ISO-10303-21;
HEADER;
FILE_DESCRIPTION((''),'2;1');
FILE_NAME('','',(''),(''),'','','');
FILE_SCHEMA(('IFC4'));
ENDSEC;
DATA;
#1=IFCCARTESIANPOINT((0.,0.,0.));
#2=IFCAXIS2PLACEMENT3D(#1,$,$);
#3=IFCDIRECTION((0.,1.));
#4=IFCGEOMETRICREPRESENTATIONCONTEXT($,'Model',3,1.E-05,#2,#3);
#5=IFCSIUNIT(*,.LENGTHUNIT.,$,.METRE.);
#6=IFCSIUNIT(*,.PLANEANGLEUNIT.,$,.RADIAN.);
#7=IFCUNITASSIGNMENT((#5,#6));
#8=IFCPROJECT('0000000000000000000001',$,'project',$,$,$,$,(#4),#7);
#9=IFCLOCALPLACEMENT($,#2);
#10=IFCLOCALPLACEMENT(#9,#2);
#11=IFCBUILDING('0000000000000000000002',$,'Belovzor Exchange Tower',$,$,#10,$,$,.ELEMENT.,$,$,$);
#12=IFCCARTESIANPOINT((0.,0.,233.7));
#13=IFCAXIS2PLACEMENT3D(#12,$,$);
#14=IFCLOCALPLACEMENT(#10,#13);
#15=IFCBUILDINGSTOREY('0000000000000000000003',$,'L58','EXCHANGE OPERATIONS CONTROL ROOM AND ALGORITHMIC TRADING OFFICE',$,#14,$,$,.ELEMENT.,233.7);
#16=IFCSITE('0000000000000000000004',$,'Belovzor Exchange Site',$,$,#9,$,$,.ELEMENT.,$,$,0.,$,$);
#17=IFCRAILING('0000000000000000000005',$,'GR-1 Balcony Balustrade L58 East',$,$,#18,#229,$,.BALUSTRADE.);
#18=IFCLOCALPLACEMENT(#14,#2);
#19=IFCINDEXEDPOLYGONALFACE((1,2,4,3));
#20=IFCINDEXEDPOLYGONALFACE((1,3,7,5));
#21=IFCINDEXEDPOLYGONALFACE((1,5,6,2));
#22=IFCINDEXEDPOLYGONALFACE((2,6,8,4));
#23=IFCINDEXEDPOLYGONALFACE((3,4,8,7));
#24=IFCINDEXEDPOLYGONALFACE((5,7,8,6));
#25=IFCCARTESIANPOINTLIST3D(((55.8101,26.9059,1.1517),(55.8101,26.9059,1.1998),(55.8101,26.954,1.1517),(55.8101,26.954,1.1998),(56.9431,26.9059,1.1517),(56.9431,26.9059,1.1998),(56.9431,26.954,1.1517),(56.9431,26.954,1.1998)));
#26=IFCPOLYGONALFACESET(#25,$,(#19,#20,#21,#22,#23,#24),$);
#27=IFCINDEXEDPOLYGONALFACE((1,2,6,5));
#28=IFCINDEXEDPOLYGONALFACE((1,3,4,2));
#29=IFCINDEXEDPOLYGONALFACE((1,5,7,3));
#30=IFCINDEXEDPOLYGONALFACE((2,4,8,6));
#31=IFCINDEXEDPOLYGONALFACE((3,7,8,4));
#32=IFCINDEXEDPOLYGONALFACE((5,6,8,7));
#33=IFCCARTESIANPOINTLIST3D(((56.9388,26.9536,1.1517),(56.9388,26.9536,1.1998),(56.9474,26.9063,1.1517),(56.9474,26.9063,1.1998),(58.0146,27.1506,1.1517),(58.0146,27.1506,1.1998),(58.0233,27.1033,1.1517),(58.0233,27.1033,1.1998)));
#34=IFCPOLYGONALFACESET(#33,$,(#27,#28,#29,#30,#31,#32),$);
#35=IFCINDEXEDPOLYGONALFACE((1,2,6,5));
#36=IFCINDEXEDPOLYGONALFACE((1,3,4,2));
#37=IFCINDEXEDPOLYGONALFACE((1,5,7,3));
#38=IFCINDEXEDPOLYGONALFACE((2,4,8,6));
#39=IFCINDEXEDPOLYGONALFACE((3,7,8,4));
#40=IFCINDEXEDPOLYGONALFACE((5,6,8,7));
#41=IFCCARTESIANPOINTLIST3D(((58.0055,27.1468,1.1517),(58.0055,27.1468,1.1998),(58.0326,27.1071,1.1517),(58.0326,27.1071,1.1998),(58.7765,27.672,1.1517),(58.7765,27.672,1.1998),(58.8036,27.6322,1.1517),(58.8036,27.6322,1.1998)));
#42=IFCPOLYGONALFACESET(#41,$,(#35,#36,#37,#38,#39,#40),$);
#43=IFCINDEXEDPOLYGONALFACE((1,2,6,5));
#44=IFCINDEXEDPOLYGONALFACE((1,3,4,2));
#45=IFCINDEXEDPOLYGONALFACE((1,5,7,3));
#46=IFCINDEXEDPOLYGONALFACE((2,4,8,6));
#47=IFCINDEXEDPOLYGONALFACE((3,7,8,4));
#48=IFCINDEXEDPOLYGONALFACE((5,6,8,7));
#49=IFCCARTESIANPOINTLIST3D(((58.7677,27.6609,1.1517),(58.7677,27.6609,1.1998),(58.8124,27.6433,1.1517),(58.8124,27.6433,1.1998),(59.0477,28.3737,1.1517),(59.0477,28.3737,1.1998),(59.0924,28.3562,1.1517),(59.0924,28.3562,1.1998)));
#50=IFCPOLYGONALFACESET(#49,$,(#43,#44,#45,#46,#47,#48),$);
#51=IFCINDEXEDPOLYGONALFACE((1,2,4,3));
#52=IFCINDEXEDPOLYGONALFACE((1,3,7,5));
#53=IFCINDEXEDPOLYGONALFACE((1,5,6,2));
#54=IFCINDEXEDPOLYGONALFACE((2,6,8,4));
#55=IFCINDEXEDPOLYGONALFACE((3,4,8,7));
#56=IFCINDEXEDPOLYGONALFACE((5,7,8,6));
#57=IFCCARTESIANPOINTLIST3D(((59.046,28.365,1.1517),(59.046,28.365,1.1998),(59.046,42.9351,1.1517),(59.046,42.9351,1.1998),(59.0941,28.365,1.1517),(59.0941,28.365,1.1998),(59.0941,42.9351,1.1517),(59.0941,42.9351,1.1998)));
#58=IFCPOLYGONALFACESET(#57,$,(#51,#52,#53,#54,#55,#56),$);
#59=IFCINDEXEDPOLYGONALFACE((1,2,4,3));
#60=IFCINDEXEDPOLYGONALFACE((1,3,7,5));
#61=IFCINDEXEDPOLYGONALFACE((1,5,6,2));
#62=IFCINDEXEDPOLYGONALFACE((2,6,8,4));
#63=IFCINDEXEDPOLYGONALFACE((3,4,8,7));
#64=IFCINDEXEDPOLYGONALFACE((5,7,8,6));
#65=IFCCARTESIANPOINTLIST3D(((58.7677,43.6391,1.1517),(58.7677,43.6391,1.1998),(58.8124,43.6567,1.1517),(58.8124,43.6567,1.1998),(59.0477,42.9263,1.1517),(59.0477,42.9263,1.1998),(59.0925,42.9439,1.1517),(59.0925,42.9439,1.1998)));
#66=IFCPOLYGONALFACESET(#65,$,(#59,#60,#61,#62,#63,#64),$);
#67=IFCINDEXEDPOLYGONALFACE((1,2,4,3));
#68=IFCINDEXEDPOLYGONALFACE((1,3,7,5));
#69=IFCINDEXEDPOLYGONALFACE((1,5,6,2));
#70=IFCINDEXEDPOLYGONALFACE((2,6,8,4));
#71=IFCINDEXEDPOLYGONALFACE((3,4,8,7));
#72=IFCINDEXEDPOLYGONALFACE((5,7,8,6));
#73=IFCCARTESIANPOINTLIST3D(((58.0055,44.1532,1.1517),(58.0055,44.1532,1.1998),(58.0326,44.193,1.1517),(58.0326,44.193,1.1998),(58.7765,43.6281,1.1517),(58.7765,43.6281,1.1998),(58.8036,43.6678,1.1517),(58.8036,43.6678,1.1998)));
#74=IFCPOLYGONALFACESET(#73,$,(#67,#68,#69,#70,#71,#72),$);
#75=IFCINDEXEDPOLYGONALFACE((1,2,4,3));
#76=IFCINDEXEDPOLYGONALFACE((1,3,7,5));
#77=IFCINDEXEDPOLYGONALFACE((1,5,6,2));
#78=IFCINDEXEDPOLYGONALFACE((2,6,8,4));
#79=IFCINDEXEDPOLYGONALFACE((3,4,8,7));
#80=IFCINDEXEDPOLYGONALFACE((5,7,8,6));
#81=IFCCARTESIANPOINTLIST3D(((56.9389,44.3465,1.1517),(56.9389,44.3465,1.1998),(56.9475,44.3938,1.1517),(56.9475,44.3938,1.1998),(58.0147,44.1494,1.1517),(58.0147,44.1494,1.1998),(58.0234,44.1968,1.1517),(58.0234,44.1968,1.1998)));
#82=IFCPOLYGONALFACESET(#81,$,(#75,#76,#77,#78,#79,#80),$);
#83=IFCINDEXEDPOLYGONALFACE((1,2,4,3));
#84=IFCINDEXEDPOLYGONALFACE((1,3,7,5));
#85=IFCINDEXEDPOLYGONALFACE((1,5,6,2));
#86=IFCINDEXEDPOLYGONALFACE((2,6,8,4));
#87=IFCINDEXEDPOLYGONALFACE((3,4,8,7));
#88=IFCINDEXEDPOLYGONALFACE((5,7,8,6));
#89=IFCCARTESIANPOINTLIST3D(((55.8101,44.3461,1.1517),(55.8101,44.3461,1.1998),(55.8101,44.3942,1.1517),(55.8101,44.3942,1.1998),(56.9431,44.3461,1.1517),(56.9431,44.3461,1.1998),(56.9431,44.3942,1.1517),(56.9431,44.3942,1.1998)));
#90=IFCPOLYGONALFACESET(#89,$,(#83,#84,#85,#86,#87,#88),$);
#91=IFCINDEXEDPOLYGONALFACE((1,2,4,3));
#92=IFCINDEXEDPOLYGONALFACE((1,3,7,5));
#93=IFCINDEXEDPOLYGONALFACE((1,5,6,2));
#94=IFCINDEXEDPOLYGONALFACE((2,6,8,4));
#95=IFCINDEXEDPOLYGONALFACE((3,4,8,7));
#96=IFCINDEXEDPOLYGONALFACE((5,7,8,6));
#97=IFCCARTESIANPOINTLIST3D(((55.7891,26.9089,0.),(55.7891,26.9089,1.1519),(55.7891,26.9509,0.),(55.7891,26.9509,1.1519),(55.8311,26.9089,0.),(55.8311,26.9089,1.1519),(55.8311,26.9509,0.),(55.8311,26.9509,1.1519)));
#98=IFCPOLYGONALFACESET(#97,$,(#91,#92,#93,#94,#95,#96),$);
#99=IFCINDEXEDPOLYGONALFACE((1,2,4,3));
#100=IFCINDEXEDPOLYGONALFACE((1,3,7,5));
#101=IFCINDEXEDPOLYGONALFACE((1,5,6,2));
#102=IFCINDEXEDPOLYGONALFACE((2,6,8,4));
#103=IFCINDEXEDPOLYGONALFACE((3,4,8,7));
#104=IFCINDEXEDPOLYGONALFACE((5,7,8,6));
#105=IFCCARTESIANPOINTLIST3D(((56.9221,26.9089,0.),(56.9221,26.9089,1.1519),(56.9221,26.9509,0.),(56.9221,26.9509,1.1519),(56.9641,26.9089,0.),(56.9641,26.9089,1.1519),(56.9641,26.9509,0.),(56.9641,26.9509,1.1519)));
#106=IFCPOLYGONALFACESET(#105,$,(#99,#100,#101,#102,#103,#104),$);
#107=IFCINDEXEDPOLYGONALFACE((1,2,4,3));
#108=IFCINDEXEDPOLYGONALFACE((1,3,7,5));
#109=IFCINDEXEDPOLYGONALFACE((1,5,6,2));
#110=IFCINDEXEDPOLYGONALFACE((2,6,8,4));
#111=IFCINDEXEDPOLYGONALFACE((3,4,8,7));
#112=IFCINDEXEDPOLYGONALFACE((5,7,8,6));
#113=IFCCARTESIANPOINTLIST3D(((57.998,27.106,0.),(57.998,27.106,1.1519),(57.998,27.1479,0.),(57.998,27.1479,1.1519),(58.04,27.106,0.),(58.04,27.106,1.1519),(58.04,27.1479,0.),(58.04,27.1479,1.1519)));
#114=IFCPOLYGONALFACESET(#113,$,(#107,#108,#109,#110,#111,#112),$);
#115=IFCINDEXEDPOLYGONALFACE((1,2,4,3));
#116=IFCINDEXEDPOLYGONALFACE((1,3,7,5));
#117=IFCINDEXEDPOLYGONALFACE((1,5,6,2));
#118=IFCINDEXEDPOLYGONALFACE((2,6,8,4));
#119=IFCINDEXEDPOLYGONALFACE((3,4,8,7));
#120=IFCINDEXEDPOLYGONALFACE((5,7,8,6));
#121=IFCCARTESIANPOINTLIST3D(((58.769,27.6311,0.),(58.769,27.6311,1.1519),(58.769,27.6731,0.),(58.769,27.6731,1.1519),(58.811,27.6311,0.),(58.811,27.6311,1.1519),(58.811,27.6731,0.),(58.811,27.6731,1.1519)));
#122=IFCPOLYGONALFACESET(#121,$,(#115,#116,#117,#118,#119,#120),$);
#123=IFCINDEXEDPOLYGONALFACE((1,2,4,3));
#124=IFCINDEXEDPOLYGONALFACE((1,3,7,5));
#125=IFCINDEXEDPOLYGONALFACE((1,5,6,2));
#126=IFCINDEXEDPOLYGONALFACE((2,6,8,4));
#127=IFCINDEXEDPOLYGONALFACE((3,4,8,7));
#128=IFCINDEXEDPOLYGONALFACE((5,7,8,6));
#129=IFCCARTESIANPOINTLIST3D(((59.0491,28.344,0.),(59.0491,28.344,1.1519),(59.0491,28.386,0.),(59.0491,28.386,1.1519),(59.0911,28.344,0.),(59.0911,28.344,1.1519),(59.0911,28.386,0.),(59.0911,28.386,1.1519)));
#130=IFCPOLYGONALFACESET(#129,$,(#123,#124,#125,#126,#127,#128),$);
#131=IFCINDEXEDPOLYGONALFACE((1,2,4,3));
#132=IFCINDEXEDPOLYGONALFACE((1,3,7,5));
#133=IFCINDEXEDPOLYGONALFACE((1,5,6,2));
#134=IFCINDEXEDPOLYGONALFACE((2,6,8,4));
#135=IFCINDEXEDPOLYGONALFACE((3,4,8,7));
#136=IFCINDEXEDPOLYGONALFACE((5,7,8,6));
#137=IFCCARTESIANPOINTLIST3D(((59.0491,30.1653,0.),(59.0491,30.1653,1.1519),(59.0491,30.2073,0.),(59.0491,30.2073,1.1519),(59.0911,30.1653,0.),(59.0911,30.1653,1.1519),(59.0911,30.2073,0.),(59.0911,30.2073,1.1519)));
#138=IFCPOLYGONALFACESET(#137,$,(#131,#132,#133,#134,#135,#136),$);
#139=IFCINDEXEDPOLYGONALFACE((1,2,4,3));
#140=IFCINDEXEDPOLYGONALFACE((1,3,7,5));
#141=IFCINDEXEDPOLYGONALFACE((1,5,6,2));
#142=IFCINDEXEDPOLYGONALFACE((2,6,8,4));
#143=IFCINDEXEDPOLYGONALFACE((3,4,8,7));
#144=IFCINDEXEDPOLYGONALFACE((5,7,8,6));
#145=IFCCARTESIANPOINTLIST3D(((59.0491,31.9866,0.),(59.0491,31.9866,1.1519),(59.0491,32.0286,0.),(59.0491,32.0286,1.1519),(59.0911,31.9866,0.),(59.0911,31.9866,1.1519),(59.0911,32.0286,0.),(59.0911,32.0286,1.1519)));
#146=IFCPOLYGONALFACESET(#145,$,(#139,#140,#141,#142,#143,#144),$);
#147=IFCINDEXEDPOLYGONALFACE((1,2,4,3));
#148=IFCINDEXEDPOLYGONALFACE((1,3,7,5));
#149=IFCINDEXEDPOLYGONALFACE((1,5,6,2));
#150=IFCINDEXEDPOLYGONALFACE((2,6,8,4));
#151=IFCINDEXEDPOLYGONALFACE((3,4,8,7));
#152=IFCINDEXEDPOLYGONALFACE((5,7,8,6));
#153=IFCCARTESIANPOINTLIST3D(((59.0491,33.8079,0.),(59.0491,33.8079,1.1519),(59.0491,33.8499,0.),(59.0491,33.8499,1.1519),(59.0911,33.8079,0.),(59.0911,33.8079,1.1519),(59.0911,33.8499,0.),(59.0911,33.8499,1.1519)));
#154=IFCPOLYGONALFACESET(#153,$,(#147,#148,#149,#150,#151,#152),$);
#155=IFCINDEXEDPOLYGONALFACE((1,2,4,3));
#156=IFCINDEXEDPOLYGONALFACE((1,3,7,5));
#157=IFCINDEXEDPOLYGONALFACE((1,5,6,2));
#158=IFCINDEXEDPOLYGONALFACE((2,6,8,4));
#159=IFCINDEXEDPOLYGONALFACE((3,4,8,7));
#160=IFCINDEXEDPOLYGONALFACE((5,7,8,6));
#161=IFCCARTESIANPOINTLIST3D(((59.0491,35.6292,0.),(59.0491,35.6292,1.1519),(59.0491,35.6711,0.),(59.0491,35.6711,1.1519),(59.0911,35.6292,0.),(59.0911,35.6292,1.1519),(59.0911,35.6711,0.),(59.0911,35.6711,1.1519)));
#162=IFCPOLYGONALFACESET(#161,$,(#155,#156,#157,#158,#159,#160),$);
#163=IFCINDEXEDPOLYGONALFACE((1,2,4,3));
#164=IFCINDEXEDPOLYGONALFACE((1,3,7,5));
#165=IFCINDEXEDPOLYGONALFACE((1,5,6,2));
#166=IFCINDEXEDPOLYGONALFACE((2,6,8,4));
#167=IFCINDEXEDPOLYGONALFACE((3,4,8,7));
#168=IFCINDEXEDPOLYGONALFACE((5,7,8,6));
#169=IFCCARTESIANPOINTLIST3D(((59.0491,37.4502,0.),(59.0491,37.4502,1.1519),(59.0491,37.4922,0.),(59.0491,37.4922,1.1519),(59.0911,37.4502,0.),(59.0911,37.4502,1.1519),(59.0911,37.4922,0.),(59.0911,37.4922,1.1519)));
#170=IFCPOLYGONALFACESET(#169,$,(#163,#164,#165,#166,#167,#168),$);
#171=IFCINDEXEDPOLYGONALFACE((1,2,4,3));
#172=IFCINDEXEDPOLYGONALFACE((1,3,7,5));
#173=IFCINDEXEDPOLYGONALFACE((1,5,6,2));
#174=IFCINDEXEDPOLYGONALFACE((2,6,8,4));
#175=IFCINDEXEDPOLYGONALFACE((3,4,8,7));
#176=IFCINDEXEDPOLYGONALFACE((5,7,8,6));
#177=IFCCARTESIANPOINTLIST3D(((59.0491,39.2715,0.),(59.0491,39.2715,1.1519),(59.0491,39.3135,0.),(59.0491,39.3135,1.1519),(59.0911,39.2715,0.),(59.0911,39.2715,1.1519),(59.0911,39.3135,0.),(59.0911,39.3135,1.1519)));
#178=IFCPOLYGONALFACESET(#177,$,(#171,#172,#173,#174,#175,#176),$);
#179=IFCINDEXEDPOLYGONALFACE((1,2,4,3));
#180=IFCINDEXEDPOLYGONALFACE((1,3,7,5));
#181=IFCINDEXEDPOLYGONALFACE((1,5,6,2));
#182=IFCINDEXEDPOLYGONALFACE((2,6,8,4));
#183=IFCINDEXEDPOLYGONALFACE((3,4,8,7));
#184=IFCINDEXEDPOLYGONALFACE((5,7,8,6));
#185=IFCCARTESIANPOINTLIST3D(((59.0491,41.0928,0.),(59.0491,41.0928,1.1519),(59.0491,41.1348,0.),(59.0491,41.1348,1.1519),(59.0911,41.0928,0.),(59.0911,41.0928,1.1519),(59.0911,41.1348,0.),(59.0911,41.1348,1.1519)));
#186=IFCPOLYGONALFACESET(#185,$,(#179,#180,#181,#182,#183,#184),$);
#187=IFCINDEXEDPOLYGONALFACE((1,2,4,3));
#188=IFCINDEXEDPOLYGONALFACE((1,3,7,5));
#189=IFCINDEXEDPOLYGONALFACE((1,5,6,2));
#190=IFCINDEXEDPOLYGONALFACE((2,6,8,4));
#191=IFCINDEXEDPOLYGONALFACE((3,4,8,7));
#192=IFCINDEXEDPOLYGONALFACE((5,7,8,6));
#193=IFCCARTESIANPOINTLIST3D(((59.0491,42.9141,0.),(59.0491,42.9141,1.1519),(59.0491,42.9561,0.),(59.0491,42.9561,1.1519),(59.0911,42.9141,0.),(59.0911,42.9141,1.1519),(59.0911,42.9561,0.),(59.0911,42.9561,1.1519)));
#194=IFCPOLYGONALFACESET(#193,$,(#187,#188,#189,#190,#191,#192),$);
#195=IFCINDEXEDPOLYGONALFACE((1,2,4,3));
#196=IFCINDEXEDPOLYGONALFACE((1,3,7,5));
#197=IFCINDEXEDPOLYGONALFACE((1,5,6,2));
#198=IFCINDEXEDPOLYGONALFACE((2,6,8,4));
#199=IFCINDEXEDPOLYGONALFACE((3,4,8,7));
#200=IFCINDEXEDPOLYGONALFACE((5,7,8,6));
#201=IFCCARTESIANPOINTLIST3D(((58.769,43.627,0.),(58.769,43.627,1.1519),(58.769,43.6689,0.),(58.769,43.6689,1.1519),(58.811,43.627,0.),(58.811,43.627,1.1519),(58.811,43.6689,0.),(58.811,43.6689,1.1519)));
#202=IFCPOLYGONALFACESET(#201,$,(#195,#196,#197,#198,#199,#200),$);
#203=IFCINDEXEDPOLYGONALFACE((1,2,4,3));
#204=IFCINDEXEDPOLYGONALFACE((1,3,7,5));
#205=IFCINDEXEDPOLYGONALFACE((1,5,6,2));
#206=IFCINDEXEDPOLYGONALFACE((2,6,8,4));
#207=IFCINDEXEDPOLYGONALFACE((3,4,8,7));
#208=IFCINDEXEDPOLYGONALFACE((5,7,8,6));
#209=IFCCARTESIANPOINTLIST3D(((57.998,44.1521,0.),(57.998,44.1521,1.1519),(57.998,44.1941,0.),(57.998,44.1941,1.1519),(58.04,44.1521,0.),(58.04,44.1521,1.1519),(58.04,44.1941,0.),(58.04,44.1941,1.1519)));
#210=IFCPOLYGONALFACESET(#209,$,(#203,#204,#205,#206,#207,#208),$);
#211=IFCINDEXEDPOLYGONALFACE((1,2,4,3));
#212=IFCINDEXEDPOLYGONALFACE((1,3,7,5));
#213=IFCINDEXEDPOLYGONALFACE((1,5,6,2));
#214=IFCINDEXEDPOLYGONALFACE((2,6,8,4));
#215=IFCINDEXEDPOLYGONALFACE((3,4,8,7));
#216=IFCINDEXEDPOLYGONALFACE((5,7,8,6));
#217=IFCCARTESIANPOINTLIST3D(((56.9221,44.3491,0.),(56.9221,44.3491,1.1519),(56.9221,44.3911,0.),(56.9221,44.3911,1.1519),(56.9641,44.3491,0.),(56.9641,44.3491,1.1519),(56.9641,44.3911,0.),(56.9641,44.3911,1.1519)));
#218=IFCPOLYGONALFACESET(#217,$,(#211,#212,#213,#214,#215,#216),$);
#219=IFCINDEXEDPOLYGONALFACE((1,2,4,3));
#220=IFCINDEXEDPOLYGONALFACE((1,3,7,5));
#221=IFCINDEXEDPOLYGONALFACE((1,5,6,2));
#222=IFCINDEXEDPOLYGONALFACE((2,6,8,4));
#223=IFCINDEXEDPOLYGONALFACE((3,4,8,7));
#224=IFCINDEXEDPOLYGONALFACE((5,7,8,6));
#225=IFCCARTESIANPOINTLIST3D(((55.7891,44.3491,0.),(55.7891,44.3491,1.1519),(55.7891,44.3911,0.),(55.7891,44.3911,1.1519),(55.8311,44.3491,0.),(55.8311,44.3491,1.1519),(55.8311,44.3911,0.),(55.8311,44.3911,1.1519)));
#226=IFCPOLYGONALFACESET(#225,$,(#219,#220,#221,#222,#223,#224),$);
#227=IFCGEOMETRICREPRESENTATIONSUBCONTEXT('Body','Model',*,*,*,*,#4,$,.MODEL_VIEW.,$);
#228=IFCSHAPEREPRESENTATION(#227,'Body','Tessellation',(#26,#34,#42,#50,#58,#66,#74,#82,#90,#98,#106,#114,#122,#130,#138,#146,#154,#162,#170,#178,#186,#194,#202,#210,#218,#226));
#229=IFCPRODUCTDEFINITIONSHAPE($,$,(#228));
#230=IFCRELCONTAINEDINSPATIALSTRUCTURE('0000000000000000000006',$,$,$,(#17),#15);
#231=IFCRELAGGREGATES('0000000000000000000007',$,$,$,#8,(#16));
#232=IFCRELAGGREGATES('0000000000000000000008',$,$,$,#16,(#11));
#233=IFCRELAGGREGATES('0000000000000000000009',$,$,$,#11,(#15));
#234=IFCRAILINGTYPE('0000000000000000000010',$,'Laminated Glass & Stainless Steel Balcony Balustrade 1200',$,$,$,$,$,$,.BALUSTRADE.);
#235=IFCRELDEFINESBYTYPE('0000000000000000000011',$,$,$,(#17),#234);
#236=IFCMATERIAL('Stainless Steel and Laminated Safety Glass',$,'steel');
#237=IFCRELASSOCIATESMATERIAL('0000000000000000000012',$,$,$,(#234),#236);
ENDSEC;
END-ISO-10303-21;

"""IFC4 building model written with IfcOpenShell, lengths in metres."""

from ifc_helpers import new_model, si_unit, direction, frame, origin, origin_2d, place, context, subcontext, project, spatial, rectangle, extrude, material, type_object, element, save


model = new_model("IFC4")

# Units and contexts
model_context = context("Model", 3, precision=1e-05, world=origin(), true_north=direction((0.0, 1.0)))
body_context = subcontext(model_context, "Body", "Model", "MODEL_VIEW")
ifc_project = project(units=[si_unit("LENGTHUNIT", "METRE"), si_unit("PLANEANGLEUNIT", "RADIAN")], contexts=[model_context])

# Site, building, storey
site_placement = place(None, origin())
site = spatial("IfcSite", under=ifc_project, at=site_placement, Name="Belovzor Exchange Site", CompositionType="ELEMENT", RefElevation=0.0)
building_placement = place(site_placement, origin())
building = spatial("IfcBuilding", under=site, at=building_placement, Name="Belovzor Exchange Tower", CompositionType="ELEMENT")
storey_placement = place(building_placement, frame((0.0, 0.0, 233.7)))
storey = spatial("IfcBuildingStorey", under=building, at=storey_placement, Name="L58", Description="EXCHANGE OPERATIONS CONTROL ROOM AND ALGORITHMIC TRADING OFFICE", CompositionType="ELEMENT", Elevation=233.7)

# Railing
ifc_material_1 = material(Name="Stainless Steel and Laminated Safety Glass", Category="steel")
railing_type = type_object("IfcRailingType", Name="Laminated Glass & Stainless Steel Balcony Balustrade 1200", PredefinedType="BALUSTRADE", material=ifc_material_1)
railing_placement = place(storey_placement, frame((55.8101, 26.9299, 0.0)))
element("IfcRailing", 1, at=railing_placement, inside=storey, type_object=railing_type, Name="GR-1 Balcony Balustrade L58 East", PredefinedType="BALUSTRADE", context=body_context, shape_type="SweptSolid", body=[
    extrude(rectangle(XDim=0.0481, YDim=0.0481, at=origin_2d()), frame((0.0, 0.0, 1.1758), z_axis=(1.0, 0.0, 0.0), x_axis=(0.0, 1.0, 0.0)), (0.0, 0.0, 1.0), 1.1331),
    extrude(rectangle(XDim=0.0481, YDim=0.0481, at=origin_2d()), frame((1.1331, 0.0, 1.1758), z_axis=(0.983644, 0.180123, 0.0), x_axis=(-0.180123, 0.983644, 0.0)), (0.0, 0.0, 1.0), 1.0938),
    extrude(rectangle(XDim=0.0481, YDim=0.0481, at=origin_2d()), frame((2.209, 0.197, 1.1758), z_axis=(0.826493, 0.562947, 0.0), x_axis=(-0.562947, 0.826493, 0.0)), (0.0, 0.0, 1.0), 0.9329),
    extrude(rectangle(XDim=0.0481, YDim=0.0481, at=origin_2d()), frame((2.98, 0.7222, 1.1758), z_axis=(0.365613, 0.930767, 0.0), x_axis=(-0.930767, 0.365613, 0.0)), (0.0, 0.0, 1.0), 0.7659),
    extrude(rectangle(XDim=0.0481, YDim=0.0481, at=origin_2d()), frame((3.26, 1.4351, 1.1758), z_axis=(0.0, 1.0, 0.0), x_axis=(-1.0, 0.0, 0.0)), (0.0, 0.0, 1.0), 14.5701),
    extrude(rectangle(XDim=0.0481, YDim=0.0481, at=origin_2d()), frame((3.26, 16.0051, 1.1758), z_axis=(-0.365613, 0.930767, 0.0), x_axis=(-0.930767, -0.365613, 0.0)), (0.0, 0.0, 1.0), 0.7659),
    extrude(rectangle(XDim=0.0481, YDim=0.0481, at=origin_2d()), frame((2.98, 16.718, 1.1758), z_axis=(-0.826493, 0.562947, 0.0), x_axis=(-0.562947, -0.826493, 0.0)), (0.0, 0.0, 1.0), 0.9329),
    extrude(rectangle(XDim=0.0481, YDim=0.0481, at=origin_2d()), frame((2.209, 17.2432, 1.1758), z_axis=(-0.983644, 0.180123, 0.0), x_axis=(-0.180123, -0.983644, 0.0)), (0.0, 0.0, 1.0), 1.0938),
    extrude(rectangle(XDim=0.0481, YDim=0.0481, at=origin_2d()), frame((1.1331, 17.4402, 1.1758), z_axis=(-1.0, 0.0, 0.0), x_axis=(0.0, -1.0, 0.0)), (0.0, 0.0, 1.0), 1.1331),
    extrude(rectangle(XDim=0.042, YDim=0.042, at=origin_2d()), origin(), (0.0, 0.0, 1.0), 1.1519),
    extrude(rectangle(XDim=0.042, YDim=0.042, at=origin_2d()), frame((1.1331, 0.0, 0.0)), (0.0, 0.0, 1.0), 1.1519),
    extrude(rectangle(XDim=0.042, YDim=0.042, at=origin_2d()), frame((2.209, 0.197, 0.0)), (0.0, 0.0, 1.0), 1.1519),
    extrude(rectangle(XDim=0.042, YDim=0.042, at=origin_2d()), frame((2.98, 0.7222, 0.0)), (0.0, 0.0, 1.0), 1.1519),
    extrude(rectangle(XDim=0.042, YDim=0.042, at=origin_2d()), frame((3.26, 1.4351, 0.0)), (0.0, 0.0, 1.0), 1.1519),
    extrude(rectangle(XDim=0.042, YDim=0.042, at=origin_2d()), frame((3.26, 3.2563, 0.0)), (0.0, 0.0, 1.0), 1.1519),
    extrude(rectangle(XDim=0.042, YDim=0.042, at=origin_2d()), frame((3.26, 5.0776, 0.0)), (0.0, 0.0, 1.0), 1.1519),
    extrude(rectangle(XDim=0.042, YDim=0.042, at=origin_2d()), frame((3.26, 6.8989, 0.0)), (0.0, 0.0, 1.0), 1.1519),
    extrude(rectangle(XDim=0.042, YDim=0.042, at=origin_2d()), frame((3.26, 8.7202, 0.0)), (0.0, 0.0, 1.0), 1.1519),
    extrude(rectangle(XDim=0.042, YDim=0.042, at=origin_2d()), frame((3.26, 10.5413, 0.0)), (0.0, 0.0, 1.0), 1.1519),
    extrude(rectangle(XDim=0.042, YDim=0.042, at=origin_2d()), frame((3.26, 12.3625, 0.0)), (0.0, 0.0, 1.0), 1.1519),
    extrude(rectangle(XDim=0.042, YDim=0.042, at=origin_2d()), frame((3.26, 14.1838, 0.0)), (0.0, 0.0, 1.0), 1.1519),
    extrude(rectangle(XDim=0.042, YDim=0.042, at=origin_2d()), frame((3.26, 16.0051, 0.0)), (0.0, 0.0, 1.0), 1.1519),
    extrude(rectangle(XDim=0.042, YDim=0.042, at=origin_2d()), frame((2.98, 16.718, 0.0)), (0.0, 0.0, 1.0), 1.1519),
    extrude(rectangle(XDim=0.042, YDim=0.042, at=origin_2d()), frame((2.209, 17.2432, 0.0)), (0.0, 0.0, 1.0), 1.1519),
    extrude(rectangle(XDim=0.042, YDim=0.042, at=origin_2d()), frame((1.1331, 17.4402, 0.0)), (0.0, 0.0, 1.0), 1.1519),
    extrude(rectangle(XDim=0.042, YDim=0.042, at=origin_2d()), frame((0.0, 17.4402, 0.0)), (0.0, 0.0, 1.0), 1.1519),
])

save(model, "model.ifc")
